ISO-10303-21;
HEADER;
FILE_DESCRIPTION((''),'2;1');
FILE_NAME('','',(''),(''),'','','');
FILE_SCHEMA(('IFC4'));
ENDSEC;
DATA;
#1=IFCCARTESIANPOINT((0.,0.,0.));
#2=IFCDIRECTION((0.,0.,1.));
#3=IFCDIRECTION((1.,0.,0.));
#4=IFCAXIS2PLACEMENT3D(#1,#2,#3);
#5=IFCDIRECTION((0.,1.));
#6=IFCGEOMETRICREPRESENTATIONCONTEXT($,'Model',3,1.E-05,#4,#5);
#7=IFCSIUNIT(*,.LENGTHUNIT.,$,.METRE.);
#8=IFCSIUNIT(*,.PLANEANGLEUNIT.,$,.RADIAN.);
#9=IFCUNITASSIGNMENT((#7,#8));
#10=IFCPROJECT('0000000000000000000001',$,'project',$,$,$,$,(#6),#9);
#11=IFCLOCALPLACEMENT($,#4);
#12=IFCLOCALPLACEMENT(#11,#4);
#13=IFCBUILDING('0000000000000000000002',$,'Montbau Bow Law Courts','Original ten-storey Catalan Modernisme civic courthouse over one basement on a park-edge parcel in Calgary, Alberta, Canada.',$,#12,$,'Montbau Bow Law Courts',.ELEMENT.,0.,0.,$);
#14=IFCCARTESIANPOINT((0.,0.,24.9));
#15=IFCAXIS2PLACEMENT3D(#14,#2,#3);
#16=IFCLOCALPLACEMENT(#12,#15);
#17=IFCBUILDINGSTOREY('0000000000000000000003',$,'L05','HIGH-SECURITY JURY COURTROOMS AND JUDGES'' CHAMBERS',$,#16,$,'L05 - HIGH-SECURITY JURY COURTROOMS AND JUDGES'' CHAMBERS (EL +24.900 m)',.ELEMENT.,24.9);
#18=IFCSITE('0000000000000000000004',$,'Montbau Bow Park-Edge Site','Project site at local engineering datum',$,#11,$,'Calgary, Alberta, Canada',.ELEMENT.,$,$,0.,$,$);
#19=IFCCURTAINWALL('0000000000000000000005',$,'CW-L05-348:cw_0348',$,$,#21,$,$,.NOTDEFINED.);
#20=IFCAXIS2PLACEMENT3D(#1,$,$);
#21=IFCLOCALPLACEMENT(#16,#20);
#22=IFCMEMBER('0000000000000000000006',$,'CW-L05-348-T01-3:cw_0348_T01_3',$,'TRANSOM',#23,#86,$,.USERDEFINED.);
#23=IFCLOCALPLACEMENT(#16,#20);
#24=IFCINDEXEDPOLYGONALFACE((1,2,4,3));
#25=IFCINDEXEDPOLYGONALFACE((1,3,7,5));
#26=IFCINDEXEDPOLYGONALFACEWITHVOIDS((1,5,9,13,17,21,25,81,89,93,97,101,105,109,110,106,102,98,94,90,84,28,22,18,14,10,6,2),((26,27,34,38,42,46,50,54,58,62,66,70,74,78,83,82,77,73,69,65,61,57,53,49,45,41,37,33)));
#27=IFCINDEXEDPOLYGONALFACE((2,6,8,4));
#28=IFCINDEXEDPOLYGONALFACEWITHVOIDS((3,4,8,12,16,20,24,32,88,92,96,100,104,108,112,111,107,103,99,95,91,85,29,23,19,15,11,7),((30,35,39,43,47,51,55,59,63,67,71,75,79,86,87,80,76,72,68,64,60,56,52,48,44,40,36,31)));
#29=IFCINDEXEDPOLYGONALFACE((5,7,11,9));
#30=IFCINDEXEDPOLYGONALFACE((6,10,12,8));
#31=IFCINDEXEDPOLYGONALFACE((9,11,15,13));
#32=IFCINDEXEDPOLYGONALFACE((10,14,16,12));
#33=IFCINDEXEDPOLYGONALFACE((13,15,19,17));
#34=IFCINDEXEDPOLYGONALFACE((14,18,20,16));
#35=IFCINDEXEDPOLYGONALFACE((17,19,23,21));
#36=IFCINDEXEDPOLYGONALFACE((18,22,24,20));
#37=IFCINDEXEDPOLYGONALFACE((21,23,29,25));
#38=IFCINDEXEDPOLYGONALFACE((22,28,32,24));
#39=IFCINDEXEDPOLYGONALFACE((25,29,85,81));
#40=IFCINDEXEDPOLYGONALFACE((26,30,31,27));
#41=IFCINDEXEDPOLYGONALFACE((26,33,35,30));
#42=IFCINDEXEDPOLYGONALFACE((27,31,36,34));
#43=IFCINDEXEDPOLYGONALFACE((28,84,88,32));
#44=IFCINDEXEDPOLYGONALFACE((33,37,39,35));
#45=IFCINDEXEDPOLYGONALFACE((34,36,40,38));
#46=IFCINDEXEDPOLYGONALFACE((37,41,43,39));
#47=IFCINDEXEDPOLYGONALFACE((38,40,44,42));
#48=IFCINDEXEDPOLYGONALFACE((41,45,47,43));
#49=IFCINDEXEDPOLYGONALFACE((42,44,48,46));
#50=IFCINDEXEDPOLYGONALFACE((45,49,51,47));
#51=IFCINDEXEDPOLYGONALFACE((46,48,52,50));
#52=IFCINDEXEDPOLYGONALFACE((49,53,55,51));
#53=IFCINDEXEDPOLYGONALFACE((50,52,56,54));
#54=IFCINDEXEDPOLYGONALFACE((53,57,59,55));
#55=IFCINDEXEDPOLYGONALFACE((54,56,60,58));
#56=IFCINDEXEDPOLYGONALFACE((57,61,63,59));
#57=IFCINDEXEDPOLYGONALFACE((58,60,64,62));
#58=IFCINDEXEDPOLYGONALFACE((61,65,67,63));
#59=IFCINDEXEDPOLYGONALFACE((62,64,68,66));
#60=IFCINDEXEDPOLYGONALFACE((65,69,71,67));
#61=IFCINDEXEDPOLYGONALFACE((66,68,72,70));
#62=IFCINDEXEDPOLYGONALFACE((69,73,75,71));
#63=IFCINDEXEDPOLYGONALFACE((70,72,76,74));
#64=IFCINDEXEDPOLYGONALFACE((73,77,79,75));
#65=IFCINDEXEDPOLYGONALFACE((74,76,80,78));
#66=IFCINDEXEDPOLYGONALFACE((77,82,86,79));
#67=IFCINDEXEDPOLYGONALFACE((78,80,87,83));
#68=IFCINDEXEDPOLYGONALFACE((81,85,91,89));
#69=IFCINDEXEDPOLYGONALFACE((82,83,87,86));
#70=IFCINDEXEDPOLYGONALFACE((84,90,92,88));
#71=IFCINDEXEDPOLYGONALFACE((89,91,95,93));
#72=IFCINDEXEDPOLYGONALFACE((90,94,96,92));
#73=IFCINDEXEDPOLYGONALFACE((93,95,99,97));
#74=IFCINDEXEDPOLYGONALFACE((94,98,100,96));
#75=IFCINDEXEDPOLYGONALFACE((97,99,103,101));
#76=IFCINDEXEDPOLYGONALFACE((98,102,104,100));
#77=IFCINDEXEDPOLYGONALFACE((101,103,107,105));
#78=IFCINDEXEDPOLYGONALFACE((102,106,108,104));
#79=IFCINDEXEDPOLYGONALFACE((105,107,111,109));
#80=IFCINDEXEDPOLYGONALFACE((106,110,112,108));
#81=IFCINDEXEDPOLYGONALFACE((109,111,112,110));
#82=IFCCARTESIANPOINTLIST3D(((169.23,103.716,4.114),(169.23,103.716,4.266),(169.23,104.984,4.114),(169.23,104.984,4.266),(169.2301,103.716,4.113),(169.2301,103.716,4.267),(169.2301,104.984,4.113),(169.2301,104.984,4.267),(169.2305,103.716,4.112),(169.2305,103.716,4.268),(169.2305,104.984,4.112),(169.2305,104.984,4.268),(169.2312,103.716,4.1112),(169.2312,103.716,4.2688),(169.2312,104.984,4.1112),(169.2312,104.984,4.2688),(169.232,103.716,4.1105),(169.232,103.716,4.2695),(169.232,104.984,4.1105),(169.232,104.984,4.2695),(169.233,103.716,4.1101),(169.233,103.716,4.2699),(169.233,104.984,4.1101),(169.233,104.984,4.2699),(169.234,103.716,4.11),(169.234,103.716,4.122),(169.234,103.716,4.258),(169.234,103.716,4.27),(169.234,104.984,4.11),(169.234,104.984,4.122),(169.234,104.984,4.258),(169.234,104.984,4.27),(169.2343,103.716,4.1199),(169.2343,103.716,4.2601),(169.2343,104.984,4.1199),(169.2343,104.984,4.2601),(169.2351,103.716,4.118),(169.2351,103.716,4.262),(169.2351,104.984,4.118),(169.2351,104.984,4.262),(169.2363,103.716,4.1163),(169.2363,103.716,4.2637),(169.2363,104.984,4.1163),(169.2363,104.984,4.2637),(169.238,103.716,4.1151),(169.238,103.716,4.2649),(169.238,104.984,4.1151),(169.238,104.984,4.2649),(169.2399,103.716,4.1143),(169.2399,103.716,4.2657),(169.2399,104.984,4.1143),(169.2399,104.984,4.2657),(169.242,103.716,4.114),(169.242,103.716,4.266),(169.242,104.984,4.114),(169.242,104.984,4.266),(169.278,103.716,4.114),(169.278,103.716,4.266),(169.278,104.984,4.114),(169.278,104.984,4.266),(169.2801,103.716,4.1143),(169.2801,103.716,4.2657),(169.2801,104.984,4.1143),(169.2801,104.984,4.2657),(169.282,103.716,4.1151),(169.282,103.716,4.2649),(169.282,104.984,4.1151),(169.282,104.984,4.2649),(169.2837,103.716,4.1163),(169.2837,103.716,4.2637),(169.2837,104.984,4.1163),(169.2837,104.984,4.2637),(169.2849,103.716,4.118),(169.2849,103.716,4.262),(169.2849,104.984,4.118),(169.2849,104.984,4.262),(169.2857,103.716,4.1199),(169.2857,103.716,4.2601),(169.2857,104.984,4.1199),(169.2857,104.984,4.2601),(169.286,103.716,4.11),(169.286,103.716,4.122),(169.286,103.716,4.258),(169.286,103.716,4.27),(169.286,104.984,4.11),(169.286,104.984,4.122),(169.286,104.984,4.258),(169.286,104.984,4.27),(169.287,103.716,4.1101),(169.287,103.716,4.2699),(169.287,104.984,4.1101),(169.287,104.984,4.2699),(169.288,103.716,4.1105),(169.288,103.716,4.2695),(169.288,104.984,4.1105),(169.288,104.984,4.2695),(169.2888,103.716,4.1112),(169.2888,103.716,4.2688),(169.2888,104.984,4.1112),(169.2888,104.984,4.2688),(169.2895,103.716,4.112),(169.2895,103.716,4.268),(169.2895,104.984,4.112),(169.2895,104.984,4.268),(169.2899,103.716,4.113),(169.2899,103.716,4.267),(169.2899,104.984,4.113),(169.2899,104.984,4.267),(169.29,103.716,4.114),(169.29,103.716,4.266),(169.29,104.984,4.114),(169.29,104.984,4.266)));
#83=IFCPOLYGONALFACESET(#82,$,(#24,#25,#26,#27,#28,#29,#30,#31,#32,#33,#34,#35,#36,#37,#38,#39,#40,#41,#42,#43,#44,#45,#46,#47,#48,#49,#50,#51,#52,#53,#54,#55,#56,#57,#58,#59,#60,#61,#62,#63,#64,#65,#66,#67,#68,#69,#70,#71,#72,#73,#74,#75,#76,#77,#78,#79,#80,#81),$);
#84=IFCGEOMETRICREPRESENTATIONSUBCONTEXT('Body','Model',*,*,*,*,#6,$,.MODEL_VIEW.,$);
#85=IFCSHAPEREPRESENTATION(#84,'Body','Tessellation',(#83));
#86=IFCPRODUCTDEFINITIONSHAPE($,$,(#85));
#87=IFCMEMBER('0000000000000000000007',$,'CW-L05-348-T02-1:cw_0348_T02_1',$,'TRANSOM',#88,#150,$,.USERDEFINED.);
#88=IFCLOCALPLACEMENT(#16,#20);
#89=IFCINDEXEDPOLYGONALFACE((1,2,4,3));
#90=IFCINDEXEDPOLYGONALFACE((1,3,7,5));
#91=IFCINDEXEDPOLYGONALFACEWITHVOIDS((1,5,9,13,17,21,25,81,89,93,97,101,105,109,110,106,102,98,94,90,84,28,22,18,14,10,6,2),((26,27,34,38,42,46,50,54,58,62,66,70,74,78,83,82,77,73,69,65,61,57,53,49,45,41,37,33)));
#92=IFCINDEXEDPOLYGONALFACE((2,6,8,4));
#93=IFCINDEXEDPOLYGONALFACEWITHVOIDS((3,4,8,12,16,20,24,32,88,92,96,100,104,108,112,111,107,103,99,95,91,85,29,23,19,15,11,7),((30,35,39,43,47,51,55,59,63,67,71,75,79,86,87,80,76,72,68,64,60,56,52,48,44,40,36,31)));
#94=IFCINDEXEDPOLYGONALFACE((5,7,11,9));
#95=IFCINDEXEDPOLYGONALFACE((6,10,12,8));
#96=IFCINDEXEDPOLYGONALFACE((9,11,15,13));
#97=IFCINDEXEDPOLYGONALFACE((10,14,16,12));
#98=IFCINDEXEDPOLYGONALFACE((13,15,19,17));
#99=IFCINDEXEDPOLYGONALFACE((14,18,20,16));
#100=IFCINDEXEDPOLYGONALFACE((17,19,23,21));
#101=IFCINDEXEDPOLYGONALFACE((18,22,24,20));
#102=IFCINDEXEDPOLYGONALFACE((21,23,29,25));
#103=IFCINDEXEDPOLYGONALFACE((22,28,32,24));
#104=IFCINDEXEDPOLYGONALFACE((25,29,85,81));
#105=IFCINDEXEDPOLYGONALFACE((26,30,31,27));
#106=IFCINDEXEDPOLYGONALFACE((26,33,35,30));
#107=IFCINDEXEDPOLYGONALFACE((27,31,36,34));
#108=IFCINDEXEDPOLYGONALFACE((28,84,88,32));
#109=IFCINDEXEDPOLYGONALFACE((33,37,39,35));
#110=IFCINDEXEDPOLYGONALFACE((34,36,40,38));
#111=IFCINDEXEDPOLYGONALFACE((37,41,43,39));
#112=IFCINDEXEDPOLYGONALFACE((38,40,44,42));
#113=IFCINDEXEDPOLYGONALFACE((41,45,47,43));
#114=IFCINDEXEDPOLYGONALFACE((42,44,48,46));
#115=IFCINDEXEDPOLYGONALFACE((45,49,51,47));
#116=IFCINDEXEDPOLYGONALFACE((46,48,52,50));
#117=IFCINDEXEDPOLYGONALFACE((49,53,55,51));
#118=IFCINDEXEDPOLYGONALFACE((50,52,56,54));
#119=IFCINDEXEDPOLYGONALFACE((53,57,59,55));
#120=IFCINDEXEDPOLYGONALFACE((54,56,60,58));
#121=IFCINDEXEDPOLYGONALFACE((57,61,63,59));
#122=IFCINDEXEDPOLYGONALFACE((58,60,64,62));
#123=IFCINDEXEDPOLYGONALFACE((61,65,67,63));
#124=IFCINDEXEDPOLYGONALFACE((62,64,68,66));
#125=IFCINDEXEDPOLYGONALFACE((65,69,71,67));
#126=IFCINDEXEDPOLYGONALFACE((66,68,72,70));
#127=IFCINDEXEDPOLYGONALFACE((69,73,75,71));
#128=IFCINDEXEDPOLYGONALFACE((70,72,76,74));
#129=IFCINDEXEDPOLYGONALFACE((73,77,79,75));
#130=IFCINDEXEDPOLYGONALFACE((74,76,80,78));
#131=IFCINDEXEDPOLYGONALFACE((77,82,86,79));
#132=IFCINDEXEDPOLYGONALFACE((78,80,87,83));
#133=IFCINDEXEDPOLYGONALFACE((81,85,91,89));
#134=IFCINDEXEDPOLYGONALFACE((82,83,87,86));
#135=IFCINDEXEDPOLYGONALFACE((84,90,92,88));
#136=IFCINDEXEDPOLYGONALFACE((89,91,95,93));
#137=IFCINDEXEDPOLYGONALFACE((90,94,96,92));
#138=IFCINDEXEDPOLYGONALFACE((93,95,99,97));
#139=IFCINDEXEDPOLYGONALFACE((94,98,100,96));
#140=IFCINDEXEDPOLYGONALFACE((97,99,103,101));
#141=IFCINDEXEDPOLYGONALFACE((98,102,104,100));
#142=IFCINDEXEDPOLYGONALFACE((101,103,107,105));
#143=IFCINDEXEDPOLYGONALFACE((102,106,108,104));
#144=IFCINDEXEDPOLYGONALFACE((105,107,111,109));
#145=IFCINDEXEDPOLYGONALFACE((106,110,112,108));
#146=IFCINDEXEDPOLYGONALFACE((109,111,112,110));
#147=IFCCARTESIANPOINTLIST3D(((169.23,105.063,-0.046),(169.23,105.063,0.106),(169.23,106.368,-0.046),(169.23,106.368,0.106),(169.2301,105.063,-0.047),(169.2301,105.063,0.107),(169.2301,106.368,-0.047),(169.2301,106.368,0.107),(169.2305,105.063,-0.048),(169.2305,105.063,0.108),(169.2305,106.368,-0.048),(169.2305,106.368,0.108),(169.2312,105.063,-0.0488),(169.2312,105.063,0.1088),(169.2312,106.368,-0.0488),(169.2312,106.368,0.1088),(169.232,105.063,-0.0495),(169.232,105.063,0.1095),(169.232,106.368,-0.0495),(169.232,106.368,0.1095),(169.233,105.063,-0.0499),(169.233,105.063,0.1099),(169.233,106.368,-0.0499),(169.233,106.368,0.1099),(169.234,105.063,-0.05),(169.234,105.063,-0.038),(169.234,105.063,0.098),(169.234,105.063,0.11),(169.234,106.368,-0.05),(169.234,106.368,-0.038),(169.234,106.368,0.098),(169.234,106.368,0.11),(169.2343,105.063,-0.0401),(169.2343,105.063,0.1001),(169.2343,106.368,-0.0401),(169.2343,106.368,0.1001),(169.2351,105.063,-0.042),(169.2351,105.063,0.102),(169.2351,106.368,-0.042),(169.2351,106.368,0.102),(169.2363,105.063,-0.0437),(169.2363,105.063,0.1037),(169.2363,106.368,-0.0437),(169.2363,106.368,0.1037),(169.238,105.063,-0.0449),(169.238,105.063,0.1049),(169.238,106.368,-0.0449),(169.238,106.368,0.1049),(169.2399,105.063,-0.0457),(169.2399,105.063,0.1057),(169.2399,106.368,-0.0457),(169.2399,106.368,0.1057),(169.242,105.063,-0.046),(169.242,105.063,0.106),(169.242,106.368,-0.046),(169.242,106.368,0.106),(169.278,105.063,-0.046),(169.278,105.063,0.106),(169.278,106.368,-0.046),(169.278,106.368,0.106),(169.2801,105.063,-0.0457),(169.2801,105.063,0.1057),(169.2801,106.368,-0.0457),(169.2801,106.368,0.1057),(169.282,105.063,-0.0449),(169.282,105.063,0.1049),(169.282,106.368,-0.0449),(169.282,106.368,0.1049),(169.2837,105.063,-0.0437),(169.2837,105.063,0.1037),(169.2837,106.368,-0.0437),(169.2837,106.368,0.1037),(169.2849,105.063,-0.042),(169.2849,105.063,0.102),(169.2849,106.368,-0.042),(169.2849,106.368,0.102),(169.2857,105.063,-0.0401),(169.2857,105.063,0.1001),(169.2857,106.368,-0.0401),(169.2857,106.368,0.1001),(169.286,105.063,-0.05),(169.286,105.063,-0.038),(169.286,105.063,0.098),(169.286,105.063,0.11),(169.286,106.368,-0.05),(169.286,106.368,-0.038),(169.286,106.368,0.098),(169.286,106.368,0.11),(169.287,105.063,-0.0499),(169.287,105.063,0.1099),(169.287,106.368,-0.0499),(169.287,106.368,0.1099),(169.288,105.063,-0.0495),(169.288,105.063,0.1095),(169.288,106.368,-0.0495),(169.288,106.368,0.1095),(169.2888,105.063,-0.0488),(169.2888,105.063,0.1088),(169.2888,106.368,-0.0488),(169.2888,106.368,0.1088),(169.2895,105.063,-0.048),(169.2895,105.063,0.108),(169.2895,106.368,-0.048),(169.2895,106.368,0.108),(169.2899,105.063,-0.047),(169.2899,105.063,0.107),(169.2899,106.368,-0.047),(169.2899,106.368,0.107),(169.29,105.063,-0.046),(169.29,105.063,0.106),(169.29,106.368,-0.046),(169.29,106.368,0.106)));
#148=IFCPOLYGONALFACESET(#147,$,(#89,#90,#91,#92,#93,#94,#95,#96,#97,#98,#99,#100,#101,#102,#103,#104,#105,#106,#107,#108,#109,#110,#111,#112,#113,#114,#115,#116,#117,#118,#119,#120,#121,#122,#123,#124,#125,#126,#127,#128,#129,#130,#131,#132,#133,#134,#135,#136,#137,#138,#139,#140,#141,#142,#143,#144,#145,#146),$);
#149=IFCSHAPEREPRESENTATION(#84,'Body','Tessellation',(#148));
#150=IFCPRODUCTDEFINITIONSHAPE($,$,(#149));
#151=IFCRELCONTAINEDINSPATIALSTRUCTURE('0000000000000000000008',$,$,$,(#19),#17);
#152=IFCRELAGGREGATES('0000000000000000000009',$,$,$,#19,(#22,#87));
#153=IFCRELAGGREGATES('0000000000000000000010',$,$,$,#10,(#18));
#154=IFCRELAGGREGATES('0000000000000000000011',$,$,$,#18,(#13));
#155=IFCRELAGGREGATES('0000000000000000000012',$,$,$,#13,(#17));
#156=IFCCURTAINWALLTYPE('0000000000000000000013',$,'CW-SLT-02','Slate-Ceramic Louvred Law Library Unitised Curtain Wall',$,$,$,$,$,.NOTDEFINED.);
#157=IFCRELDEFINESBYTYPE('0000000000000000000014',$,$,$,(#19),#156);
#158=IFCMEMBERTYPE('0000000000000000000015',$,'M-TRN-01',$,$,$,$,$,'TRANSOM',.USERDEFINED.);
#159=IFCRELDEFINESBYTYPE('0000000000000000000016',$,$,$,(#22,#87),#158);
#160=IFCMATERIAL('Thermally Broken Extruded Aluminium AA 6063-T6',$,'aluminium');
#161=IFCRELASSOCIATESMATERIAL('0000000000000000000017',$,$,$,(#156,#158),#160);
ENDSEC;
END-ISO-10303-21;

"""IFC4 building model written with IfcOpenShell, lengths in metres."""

from ifc_helpers import new_model, si_unit, direction, frame, origin_with_axes, origin_2d_with_axis, place, context, subcontext, project, spatial, hollow_rectangle, extrude, material, material_profile, profile_set, type_object, element, aggregate, save


model = new_model("IFC4")

# Units and contexts
model_context = context("Model", 3, precision=1e-05, world=origin_with_axes(), true_north=direction((0.0, 1.0)))
body_context = subcontext(model_context, "Body", "Model", "MODEL_VIEW")
ifc_project = project(units=[si_unit("LENGTHUNIT", "METRE"), si_unit("PLANEANGLEUNIT", "RADIAN")], contexts=[model_context])

# Site, building, storey
site_placement = place(None, origin_with_axes())
site = spatial("IfcSite", under=ifc_project, at=site_placement, Name="Montbau Bow Park-Edge Site", Description="Project site at local engineering datum", LongName="Calgary, Alberta, Canada", CompositionType="ELEMENT", RefElevation=0.0)
building_placement = place(site_placement, origin_with_axes())
building = spatial("IfcBuilding", under=site, at=building_placement, Name="Montbau Bow Law Courts", Description="Original ten-storey Catalan Modernisme civic courthouse over one basement on a park-edge parcel in Calgary, Alberta, Canada.", LongName="Montbau Bow Law Courts", CompositionType="ELEMENT", ElevationOfRefHeight=0.0, ElevationOfTerrain=0.0)
storey_placement = place(building_placement, frame((0.0, 0.0, 24.9), z_axis=(0.0, 0.0, 1.0), x_axis=(1.0, 0.0, 0.0)))
storey = spatial("IfcBuildingStorey", under=building, at=storey_placement, Name="L05", Description="HIGH-SECURITY JURY COURTROOMS AND JUDGES' CHAMBERS", LongName="L05 - HIGH-SECURITY JURY COURTROOMS AND JUDGES' CHAMBERS (EL +24.900 m)", CompositionType="ELEMENT", Elevation=24.9)

# Curtain wall
ifc_material_1 = material(Name="Thermally Broken Extruded Aluminium AA 6063-T6", Category="aluminium")
curtain_wall_type = type_object("IfcCurtainWallType", Name="CW-SLT-02", Description="Slate-Ceramic Louvred Law Library Unitised Curtain Wall", PredefinedType="NOTDEFINED", material=ifc_material_1)
curtain_wall_1_placement = place(None, frame((169.26, 103.64, 24.9), z_axis=(0.0, 0.0, 1.0), x_axis=(1.0, 0.0, 0.0)))
curtain_wall_1 = element("IfcCurtainWall", 1, at=curtain_wall_1_placement, inside=storey, type_object=curtain_wall_type, Name="CW-L05-348:cw_0348", PredefinedType="NOTDEFINED")

# Members
ifc_material_profile_1 = material_profile(ifc_material_1, hollow_rectangle(XDim=0.06, YDim=0.16, WallThickness=0.004, InnerFilletRadius=0.008, OuterFilletRadius=0.004, at=origin_2d_with_axis()), Name="CWT-160X60", Category="Main", Priority=0)
ifc_profile_set_1 = profile_set([ifc_material_profile_1], Name="Thermally Broken Extruded Aluminium AA 6063-T6")
member_type_1 = type_object("IfcMemberType", Name="M-TRN-01", ElementType="TRANSOM", PredefinedType="USERDEFINED", material=ifc_profile_set_1)
member_1_placement = place(None, frame((169.26, 103.716, 29.09), z_axis=(0.0, 1.0, 0.0), x_axis=(-1.0, 0.0, 0.0)))
member_1 = element("IfcMember", 2, at=member_1_placement, type_object=member_type_1, Name="CW-L05-348-T01-3:cw_0348_T01_3", ObjectType="TRANSOM", PredefinedType="USERDEFINED", context=body_context, shape_type="SweptSolid", body=[
    extrude(hollow_rectangle(XDim=0.06, YDim=0.16, WallThickness=0.004, InnerFilletRadius=0.008, OuterFilletRadius=0.004, at=origin_2d_with_axis()), origin_with_axes(), (0.0, 0.0, 1.0), 1.268),
])
member_2_placement = place(None, frame((169.26, 105.063, 24.93), z_axis=(0.0, 1.0, 0.0), x_axis=(-1.0, 0.0, 0.0)))
member_2 = element("IfcMember", 3, at=member_2_placement, type_object=member_type_1, Name="CW-L05-348-T02-1:cw_0348_T02_1", ObjectType="TRANSOM", PredefinedType="USERDEFINED", context=body_context, shape_type="SweptSolid", body=[
    extrude(hollow_rectangle(XDim=0.06, YDim=0.16, WallThickness=0.004, InnerFilletRadius=0.008, OuterFilletRadius=0.004, at=origin_2d_with_axis()), origin_with_axes(), (0.0, 0.0, 1.0), 1.305),
])

aggregate(curtain_wall_1, [member_1, member_2])

save(model, "model.ifc")
